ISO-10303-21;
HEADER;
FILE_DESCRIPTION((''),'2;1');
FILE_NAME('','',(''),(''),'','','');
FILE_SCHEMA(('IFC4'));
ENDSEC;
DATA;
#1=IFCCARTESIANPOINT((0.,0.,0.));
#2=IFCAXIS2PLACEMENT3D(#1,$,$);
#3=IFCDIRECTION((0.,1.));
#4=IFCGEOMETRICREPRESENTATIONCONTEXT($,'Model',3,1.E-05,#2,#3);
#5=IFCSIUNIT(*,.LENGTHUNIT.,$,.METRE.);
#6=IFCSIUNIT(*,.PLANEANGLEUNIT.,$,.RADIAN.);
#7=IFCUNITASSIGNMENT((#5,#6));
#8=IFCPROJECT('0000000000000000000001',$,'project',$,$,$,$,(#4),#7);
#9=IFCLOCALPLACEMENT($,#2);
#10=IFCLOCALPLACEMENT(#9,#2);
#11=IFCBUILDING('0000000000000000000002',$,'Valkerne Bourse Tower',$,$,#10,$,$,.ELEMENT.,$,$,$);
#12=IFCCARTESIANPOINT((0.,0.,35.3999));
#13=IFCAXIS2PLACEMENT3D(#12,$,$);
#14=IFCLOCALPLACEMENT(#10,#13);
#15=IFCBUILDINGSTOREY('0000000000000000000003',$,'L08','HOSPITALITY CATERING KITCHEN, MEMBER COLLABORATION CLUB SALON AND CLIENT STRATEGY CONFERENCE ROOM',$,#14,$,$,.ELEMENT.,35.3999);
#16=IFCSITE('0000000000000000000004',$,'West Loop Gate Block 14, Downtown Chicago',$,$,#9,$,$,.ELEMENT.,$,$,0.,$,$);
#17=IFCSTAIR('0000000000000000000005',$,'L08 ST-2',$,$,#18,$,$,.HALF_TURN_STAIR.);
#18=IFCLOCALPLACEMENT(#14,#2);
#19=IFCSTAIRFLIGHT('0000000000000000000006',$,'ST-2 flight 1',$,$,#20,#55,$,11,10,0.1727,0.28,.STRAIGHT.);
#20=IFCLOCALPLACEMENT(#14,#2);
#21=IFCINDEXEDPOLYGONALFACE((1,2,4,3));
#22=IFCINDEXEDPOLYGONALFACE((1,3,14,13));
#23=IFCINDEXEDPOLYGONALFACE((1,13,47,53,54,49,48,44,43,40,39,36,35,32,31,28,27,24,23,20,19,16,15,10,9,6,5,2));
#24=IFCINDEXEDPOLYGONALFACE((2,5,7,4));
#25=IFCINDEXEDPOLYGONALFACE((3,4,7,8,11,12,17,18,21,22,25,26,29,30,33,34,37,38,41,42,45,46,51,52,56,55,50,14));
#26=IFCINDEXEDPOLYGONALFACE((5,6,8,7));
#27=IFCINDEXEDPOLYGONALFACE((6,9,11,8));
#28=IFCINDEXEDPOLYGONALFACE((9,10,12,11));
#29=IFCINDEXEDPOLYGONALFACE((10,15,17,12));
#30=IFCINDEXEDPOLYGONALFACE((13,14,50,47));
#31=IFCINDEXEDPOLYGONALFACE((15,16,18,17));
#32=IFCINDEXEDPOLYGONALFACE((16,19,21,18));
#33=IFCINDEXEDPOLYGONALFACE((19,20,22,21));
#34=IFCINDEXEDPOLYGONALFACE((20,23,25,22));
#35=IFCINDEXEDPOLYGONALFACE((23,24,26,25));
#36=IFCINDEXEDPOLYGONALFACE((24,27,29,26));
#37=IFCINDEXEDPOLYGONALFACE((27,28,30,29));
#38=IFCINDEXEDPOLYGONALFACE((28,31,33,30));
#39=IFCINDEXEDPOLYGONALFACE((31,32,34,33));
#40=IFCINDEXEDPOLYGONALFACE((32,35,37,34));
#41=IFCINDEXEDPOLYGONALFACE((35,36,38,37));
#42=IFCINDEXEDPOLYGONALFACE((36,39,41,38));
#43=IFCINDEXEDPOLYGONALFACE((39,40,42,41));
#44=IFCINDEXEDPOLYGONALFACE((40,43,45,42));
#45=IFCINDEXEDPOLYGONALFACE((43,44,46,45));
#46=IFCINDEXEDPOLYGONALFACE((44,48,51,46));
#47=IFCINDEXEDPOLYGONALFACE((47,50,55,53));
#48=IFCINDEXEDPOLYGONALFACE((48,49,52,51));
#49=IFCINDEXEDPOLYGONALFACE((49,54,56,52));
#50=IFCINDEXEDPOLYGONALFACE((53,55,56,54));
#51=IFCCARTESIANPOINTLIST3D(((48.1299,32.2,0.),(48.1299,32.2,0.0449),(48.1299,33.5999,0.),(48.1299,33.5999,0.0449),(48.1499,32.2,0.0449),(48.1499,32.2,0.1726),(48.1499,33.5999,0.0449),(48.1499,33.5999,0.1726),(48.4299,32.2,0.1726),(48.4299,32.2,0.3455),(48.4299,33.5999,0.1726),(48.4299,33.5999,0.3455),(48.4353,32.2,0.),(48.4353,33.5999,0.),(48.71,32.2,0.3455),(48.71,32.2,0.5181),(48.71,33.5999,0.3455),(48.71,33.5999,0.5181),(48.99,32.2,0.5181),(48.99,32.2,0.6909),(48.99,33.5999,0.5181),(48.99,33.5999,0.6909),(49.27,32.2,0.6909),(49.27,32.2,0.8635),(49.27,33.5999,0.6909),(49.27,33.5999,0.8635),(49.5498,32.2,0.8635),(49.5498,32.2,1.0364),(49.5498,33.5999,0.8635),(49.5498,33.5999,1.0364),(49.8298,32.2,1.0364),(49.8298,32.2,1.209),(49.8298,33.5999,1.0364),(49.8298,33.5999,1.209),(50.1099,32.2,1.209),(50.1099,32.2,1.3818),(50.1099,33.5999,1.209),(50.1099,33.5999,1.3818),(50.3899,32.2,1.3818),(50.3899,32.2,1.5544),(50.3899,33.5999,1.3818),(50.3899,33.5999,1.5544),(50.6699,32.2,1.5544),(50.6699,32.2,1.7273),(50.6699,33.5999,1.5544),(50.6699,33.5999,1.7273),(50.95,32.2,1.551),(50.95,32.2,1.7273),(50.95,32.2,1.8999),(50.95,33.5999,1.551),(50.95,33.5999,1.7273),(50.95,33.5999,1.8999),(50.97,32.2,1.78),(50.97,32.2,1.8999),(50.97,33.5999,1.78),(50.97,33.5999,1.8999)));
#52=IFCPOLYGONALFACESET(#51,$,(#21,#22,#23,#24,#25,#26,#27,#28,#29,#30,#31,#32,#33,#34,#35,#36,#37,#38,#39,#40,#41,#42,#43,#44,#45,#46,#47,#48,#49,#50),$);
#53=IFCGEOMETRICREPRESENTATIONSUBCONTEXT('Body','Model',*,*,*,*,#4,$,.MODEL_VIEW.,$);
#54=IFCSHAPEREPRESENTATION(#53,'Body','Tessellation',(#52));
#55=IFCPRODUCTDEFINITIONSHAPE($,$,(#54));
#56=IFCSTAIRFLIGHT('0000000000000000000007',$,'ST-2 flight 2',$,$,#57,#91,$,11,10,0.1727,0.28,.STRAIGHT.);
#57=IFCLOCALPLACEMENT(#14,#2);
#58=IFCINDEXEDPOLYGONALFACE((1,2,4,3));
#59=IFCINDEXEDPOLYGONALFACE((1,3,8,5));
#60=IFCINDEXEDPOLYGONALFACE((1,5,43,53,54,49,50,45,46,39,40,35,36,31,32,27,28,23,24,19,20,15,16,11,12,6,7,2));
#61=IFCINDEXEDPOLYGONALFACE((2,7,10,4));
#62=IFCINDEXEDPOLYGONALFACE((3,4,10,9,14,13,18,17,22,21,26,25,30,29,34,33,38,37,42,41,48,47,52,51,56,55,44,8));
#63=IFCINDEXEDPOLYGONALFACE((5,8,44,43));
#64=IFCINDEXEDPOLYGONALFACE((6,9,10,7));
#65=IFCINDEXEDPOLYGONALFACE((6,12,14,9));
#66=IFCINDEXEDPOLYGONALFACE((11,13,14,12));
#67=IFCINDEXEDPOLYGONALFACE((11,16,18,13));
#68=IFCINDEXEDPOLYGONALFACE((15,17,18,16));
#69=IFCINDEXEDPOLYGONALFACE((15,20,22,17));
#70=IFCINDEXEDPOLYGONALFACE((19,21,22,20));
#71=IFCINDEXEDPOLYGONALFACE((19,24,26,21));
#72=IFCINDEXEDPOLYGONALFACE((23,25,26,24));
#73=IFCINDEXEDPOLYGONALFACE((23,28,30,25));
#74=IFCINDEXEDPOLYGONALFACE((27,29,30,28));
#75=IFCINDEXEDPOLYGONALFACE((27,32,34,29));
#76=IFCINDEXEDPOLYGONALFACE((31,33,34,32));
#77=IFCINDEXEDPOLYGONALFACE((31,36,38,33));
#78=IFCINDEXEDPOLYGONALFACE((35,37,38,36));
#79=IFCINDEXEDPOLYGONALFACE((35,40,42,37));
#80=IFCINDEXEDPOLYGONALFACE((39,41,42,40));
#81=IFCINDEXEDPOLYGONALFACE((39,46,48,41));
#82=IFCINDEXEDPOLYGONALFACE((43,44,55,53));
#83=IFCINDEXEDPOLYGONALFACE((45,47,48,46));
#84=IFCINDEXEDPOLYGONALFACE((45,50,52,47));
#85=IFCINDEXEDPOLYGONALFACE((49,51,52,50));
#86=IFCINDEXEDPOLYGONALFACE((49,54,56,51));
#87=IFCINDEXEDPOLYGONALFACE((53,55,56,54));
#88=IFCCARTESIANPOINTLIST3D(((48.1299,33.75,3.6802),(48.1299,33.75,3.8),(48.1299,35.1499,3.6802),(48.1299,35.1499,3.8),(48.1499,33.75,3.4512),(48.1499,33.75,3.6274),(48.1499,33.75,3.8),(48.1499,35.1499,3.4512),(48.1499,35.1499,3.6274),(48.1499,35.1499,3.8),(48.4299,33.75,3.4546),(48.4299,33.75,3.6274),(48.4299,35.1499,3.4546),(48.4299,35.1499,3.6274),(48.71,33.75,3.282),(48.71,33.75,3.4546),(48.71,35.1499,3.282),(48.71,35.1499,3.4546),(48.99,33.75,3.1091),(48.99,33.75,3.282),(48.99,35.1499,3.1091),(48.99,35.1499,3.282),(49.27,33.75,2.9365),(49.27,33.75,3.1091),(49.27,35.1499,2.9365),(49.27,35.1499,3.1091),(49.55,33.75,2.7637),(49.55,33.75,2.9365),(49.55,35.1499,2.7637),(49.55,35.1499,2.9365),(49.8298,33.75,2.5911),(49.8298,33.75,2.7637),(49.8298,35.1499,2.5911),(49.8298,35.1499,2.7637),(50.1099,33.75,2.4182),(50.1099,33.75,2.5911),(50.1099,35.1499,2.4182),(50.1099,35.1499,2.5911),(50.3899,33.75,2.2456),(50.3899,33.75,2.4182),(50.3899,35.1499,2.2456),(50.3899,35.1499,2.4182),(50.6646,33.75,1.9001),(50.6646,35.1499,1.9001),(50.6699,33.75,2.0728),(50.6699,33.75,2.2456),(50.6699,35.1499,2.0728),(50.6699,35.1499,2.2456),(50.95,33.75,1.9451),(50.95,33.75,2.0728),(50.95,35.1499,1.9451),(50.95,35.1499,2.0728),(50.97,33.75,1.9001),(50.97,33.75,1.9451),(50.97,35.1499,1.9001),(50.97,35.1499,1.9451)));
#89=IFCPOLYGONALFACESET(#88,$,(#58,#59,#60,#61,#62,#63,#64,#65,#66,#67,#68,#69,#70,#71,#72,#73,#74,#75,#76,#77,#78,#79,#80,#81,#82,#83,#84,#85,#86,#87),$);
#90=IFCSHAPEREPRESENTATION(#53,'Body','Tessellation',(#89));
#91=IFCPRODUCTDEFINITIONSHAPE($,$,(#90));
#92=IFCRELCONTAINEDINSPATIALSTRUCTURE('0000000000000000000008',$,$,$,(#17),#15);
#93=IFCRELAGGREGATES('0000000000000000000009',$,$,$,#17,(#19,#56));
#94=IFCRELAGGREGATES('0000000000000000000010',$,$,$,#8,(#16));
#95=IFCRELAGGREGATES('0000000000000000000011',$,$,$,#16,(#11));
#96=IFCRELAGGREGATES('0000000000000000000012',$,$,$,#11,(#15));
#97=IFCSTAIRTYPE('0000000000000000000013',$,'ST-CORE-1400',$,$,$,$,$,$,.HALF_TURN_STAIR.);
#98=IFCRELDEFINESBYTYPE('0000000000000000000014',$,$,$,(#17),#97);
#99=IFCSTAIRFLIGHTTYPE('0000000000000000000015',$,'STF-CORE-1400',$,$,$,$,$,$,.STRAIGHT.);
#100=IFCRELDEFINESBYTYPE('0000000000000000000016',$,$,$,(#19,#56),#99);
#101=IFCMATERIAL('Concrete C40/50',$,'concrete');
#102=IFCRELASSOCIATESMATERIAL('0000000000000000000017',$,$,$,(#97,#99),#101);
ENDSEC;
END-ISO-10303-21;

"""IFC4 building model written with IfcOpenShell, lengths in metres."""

from ifc_helpers import new_model, si_unit, direction, frame, origin, place, context, subcontext, project, spatial, polyline, outline, extrude, material, type_object, element, aggregate, save


model = new_model("IFC4")

# Units and contexts
model_context = context("Model", 3, precision=1e-05, world=origin(), true_north=direction((0.0, 1.0)))
body_context = subcontext(model_context, "Body", "Model", "MODEL_VIEW")
ifc_project = project(units=[si_unit("LENGTHUNIT", "METRE"), si_unit("PLANEANGLEUNIT", "RADIAN")], contexts=[model_context])

# Site, building, storey
site_placement = place(None, origin())
site = spatial("IfcSite", under=ifc_project, at=site_placement, Name="West Loop Gate Block 14, Downtown Chicago", CompositionType="ELEMENT", RefElevation=0.0)
building_placement = place(site_placement, origin())
building = spatial("IfcBuilding", under=site, at=building_placement, Name="Valkerne Bourse Tower", CompositionType="ELEMENT")
storey_placement = place(building_placement, frame((0.0, 0.0, 35.3999)))
storey = spatial("IfcBuildingStorey", under=building, at=storey_placement, Name="L08", Description="HOSPITALITY CATERING KITCHEN, MEMBER COLLABORATION CLUB SALON AND CLIENT STRATEGY CONFERENCE ROOM", CompositionType="ELEMENT", Elevation=35.3999)

# Shared definitions
ifc_material_1 = material(Name="Concrete C40/50", Category="concrete")

# Stair, stair flights
stair_type = type_object("IfcStairType", Name="ST-CORE-1400", PredefinedType="HALF_TURN_STAIR", material=ifc_material_1)
stair_placement = place(storey_placement, origin())
stair = element("IfcStair", 1, at=stair_placement, inside=storey, type_object=stair_type, Name="L08 ST-2", PredefinedType="HALF_TURN_STAIR")
stair_flight_type = type_object("IfcStairFlightType", Name="STF-CORE-1400", PredefinedType="STRAIGHT", material=ifc_material_1)
stair_flight_1_placement = place(storey_placement, frame((48.1499, 32.8999, 0.0), z_axis=(0.0, 0.0, 1.0), x_axis=(1.0, 0.0, 0.0)))
stair_flight_1 = element("IfcStairFlight", 2, at=stair_flight_1_placement, type_object=stair_flight_type, Name="ST-2 flight 1", NumberOfRisers=11, NumberOfTreads=10, PredefinedType="STRAIGHT", RiserHeight=0.1727, TreadLength=0.28, context=body_context, shape_type="SweptSolid", body=[
    extrude(outline(polyline([(-0.02, 0.0), (-0.02, 0.0449), (0.0, 0.0449), (0.0, 0.1726), (0.28, 0.1726), (0.28, 0.3455), (0.5601, 0.3455), (0.5601, 0.5181), (0.8401, 0.5181), (0.8401, 0.6909), (1.1201, 0.6909), (1.1201, 0.8635), (1.3999, 0.8635), (1.3999, 1.0364), (1.6799, 1.0364), (1.6799, 1.209), (1.96, 1.209), (1.96, 1.3818), (2.24, 1.3818), (2.24, 1.5544), (2.52, 1.5544), (2.52, 1.7273), (2.8, 1.7273), (2.8, 1.8999), (2.8201, 1.8999), (2.8201, 1.78), (2.8, 1.551), (0.2854, 0.0), (-0.02, 0.0)])), frame((0.0, 0.7, 0.0), z_axis=(0.0, -1.0, 0.0), x_axis=(1.0, 0.0, 0.0)), (0.0, 0.0, 1.0), 1.3999),
])
stair_flight_2_placement = place(storey_placement, frame((50.95, 34.45, 1.9001), z_axis=(0.0, 0.0, 1.0), x_axis=(-1.0, 0.0, 0.0)))
stair_flight_2 = element("IfcStairFlight", 3, at=stair_flight_2_placement, type_object=stair_flight_type, Name="ST-2 flight 2", NumberOfRisers=11, NumberOfTreads=10, PredefinedType="STRAIGHT", RiserHeight=0.1727, TreadLength=0.28, context=body_context, shape_type="SweptSolid", body=[
    extrude(outline(polyline([(-0.02, 0.0), (-0.02, 0.0449), (0.0, 0.0449), (0.0, 0.1726), (0.28, 0.1726), (0.28, 0.3455), (0.5601, 0.3455), (0.5601, 0.5181), (0.8401, 0.5181), (0.8401, 0.6909), (1.1201, 0.6909), (1.1201, 0.8635), (1.3999, 0.8635), (1.3999, 1.0364), (1.6799, 1.0364), (1.6799, 1.209), (1.96, 1.209), (1.96, 1.3818), (2.24, 1.3818), (2.24, 1.5544), (2.52, 1.5544), (2.52, 1.7273), (2.8, 1.7273), (2.8, 1.8999), (2.8201, 1.8999), (2.8201, 1.78), (2.8, 1.551), (0.2854, 0.0), (-0.02, 0.0)])), frame((0.0, 0.7, 0.0), z_axis=(0.0, -1.0, 0.0), x_axis=(1.0, 0.0, 0.0)), (0.0, 0.0, 1.0), 1.3999),
])
aggregate(stair, [stair_flight_1, stair_flight_2])

save(model, "model.ifc")
